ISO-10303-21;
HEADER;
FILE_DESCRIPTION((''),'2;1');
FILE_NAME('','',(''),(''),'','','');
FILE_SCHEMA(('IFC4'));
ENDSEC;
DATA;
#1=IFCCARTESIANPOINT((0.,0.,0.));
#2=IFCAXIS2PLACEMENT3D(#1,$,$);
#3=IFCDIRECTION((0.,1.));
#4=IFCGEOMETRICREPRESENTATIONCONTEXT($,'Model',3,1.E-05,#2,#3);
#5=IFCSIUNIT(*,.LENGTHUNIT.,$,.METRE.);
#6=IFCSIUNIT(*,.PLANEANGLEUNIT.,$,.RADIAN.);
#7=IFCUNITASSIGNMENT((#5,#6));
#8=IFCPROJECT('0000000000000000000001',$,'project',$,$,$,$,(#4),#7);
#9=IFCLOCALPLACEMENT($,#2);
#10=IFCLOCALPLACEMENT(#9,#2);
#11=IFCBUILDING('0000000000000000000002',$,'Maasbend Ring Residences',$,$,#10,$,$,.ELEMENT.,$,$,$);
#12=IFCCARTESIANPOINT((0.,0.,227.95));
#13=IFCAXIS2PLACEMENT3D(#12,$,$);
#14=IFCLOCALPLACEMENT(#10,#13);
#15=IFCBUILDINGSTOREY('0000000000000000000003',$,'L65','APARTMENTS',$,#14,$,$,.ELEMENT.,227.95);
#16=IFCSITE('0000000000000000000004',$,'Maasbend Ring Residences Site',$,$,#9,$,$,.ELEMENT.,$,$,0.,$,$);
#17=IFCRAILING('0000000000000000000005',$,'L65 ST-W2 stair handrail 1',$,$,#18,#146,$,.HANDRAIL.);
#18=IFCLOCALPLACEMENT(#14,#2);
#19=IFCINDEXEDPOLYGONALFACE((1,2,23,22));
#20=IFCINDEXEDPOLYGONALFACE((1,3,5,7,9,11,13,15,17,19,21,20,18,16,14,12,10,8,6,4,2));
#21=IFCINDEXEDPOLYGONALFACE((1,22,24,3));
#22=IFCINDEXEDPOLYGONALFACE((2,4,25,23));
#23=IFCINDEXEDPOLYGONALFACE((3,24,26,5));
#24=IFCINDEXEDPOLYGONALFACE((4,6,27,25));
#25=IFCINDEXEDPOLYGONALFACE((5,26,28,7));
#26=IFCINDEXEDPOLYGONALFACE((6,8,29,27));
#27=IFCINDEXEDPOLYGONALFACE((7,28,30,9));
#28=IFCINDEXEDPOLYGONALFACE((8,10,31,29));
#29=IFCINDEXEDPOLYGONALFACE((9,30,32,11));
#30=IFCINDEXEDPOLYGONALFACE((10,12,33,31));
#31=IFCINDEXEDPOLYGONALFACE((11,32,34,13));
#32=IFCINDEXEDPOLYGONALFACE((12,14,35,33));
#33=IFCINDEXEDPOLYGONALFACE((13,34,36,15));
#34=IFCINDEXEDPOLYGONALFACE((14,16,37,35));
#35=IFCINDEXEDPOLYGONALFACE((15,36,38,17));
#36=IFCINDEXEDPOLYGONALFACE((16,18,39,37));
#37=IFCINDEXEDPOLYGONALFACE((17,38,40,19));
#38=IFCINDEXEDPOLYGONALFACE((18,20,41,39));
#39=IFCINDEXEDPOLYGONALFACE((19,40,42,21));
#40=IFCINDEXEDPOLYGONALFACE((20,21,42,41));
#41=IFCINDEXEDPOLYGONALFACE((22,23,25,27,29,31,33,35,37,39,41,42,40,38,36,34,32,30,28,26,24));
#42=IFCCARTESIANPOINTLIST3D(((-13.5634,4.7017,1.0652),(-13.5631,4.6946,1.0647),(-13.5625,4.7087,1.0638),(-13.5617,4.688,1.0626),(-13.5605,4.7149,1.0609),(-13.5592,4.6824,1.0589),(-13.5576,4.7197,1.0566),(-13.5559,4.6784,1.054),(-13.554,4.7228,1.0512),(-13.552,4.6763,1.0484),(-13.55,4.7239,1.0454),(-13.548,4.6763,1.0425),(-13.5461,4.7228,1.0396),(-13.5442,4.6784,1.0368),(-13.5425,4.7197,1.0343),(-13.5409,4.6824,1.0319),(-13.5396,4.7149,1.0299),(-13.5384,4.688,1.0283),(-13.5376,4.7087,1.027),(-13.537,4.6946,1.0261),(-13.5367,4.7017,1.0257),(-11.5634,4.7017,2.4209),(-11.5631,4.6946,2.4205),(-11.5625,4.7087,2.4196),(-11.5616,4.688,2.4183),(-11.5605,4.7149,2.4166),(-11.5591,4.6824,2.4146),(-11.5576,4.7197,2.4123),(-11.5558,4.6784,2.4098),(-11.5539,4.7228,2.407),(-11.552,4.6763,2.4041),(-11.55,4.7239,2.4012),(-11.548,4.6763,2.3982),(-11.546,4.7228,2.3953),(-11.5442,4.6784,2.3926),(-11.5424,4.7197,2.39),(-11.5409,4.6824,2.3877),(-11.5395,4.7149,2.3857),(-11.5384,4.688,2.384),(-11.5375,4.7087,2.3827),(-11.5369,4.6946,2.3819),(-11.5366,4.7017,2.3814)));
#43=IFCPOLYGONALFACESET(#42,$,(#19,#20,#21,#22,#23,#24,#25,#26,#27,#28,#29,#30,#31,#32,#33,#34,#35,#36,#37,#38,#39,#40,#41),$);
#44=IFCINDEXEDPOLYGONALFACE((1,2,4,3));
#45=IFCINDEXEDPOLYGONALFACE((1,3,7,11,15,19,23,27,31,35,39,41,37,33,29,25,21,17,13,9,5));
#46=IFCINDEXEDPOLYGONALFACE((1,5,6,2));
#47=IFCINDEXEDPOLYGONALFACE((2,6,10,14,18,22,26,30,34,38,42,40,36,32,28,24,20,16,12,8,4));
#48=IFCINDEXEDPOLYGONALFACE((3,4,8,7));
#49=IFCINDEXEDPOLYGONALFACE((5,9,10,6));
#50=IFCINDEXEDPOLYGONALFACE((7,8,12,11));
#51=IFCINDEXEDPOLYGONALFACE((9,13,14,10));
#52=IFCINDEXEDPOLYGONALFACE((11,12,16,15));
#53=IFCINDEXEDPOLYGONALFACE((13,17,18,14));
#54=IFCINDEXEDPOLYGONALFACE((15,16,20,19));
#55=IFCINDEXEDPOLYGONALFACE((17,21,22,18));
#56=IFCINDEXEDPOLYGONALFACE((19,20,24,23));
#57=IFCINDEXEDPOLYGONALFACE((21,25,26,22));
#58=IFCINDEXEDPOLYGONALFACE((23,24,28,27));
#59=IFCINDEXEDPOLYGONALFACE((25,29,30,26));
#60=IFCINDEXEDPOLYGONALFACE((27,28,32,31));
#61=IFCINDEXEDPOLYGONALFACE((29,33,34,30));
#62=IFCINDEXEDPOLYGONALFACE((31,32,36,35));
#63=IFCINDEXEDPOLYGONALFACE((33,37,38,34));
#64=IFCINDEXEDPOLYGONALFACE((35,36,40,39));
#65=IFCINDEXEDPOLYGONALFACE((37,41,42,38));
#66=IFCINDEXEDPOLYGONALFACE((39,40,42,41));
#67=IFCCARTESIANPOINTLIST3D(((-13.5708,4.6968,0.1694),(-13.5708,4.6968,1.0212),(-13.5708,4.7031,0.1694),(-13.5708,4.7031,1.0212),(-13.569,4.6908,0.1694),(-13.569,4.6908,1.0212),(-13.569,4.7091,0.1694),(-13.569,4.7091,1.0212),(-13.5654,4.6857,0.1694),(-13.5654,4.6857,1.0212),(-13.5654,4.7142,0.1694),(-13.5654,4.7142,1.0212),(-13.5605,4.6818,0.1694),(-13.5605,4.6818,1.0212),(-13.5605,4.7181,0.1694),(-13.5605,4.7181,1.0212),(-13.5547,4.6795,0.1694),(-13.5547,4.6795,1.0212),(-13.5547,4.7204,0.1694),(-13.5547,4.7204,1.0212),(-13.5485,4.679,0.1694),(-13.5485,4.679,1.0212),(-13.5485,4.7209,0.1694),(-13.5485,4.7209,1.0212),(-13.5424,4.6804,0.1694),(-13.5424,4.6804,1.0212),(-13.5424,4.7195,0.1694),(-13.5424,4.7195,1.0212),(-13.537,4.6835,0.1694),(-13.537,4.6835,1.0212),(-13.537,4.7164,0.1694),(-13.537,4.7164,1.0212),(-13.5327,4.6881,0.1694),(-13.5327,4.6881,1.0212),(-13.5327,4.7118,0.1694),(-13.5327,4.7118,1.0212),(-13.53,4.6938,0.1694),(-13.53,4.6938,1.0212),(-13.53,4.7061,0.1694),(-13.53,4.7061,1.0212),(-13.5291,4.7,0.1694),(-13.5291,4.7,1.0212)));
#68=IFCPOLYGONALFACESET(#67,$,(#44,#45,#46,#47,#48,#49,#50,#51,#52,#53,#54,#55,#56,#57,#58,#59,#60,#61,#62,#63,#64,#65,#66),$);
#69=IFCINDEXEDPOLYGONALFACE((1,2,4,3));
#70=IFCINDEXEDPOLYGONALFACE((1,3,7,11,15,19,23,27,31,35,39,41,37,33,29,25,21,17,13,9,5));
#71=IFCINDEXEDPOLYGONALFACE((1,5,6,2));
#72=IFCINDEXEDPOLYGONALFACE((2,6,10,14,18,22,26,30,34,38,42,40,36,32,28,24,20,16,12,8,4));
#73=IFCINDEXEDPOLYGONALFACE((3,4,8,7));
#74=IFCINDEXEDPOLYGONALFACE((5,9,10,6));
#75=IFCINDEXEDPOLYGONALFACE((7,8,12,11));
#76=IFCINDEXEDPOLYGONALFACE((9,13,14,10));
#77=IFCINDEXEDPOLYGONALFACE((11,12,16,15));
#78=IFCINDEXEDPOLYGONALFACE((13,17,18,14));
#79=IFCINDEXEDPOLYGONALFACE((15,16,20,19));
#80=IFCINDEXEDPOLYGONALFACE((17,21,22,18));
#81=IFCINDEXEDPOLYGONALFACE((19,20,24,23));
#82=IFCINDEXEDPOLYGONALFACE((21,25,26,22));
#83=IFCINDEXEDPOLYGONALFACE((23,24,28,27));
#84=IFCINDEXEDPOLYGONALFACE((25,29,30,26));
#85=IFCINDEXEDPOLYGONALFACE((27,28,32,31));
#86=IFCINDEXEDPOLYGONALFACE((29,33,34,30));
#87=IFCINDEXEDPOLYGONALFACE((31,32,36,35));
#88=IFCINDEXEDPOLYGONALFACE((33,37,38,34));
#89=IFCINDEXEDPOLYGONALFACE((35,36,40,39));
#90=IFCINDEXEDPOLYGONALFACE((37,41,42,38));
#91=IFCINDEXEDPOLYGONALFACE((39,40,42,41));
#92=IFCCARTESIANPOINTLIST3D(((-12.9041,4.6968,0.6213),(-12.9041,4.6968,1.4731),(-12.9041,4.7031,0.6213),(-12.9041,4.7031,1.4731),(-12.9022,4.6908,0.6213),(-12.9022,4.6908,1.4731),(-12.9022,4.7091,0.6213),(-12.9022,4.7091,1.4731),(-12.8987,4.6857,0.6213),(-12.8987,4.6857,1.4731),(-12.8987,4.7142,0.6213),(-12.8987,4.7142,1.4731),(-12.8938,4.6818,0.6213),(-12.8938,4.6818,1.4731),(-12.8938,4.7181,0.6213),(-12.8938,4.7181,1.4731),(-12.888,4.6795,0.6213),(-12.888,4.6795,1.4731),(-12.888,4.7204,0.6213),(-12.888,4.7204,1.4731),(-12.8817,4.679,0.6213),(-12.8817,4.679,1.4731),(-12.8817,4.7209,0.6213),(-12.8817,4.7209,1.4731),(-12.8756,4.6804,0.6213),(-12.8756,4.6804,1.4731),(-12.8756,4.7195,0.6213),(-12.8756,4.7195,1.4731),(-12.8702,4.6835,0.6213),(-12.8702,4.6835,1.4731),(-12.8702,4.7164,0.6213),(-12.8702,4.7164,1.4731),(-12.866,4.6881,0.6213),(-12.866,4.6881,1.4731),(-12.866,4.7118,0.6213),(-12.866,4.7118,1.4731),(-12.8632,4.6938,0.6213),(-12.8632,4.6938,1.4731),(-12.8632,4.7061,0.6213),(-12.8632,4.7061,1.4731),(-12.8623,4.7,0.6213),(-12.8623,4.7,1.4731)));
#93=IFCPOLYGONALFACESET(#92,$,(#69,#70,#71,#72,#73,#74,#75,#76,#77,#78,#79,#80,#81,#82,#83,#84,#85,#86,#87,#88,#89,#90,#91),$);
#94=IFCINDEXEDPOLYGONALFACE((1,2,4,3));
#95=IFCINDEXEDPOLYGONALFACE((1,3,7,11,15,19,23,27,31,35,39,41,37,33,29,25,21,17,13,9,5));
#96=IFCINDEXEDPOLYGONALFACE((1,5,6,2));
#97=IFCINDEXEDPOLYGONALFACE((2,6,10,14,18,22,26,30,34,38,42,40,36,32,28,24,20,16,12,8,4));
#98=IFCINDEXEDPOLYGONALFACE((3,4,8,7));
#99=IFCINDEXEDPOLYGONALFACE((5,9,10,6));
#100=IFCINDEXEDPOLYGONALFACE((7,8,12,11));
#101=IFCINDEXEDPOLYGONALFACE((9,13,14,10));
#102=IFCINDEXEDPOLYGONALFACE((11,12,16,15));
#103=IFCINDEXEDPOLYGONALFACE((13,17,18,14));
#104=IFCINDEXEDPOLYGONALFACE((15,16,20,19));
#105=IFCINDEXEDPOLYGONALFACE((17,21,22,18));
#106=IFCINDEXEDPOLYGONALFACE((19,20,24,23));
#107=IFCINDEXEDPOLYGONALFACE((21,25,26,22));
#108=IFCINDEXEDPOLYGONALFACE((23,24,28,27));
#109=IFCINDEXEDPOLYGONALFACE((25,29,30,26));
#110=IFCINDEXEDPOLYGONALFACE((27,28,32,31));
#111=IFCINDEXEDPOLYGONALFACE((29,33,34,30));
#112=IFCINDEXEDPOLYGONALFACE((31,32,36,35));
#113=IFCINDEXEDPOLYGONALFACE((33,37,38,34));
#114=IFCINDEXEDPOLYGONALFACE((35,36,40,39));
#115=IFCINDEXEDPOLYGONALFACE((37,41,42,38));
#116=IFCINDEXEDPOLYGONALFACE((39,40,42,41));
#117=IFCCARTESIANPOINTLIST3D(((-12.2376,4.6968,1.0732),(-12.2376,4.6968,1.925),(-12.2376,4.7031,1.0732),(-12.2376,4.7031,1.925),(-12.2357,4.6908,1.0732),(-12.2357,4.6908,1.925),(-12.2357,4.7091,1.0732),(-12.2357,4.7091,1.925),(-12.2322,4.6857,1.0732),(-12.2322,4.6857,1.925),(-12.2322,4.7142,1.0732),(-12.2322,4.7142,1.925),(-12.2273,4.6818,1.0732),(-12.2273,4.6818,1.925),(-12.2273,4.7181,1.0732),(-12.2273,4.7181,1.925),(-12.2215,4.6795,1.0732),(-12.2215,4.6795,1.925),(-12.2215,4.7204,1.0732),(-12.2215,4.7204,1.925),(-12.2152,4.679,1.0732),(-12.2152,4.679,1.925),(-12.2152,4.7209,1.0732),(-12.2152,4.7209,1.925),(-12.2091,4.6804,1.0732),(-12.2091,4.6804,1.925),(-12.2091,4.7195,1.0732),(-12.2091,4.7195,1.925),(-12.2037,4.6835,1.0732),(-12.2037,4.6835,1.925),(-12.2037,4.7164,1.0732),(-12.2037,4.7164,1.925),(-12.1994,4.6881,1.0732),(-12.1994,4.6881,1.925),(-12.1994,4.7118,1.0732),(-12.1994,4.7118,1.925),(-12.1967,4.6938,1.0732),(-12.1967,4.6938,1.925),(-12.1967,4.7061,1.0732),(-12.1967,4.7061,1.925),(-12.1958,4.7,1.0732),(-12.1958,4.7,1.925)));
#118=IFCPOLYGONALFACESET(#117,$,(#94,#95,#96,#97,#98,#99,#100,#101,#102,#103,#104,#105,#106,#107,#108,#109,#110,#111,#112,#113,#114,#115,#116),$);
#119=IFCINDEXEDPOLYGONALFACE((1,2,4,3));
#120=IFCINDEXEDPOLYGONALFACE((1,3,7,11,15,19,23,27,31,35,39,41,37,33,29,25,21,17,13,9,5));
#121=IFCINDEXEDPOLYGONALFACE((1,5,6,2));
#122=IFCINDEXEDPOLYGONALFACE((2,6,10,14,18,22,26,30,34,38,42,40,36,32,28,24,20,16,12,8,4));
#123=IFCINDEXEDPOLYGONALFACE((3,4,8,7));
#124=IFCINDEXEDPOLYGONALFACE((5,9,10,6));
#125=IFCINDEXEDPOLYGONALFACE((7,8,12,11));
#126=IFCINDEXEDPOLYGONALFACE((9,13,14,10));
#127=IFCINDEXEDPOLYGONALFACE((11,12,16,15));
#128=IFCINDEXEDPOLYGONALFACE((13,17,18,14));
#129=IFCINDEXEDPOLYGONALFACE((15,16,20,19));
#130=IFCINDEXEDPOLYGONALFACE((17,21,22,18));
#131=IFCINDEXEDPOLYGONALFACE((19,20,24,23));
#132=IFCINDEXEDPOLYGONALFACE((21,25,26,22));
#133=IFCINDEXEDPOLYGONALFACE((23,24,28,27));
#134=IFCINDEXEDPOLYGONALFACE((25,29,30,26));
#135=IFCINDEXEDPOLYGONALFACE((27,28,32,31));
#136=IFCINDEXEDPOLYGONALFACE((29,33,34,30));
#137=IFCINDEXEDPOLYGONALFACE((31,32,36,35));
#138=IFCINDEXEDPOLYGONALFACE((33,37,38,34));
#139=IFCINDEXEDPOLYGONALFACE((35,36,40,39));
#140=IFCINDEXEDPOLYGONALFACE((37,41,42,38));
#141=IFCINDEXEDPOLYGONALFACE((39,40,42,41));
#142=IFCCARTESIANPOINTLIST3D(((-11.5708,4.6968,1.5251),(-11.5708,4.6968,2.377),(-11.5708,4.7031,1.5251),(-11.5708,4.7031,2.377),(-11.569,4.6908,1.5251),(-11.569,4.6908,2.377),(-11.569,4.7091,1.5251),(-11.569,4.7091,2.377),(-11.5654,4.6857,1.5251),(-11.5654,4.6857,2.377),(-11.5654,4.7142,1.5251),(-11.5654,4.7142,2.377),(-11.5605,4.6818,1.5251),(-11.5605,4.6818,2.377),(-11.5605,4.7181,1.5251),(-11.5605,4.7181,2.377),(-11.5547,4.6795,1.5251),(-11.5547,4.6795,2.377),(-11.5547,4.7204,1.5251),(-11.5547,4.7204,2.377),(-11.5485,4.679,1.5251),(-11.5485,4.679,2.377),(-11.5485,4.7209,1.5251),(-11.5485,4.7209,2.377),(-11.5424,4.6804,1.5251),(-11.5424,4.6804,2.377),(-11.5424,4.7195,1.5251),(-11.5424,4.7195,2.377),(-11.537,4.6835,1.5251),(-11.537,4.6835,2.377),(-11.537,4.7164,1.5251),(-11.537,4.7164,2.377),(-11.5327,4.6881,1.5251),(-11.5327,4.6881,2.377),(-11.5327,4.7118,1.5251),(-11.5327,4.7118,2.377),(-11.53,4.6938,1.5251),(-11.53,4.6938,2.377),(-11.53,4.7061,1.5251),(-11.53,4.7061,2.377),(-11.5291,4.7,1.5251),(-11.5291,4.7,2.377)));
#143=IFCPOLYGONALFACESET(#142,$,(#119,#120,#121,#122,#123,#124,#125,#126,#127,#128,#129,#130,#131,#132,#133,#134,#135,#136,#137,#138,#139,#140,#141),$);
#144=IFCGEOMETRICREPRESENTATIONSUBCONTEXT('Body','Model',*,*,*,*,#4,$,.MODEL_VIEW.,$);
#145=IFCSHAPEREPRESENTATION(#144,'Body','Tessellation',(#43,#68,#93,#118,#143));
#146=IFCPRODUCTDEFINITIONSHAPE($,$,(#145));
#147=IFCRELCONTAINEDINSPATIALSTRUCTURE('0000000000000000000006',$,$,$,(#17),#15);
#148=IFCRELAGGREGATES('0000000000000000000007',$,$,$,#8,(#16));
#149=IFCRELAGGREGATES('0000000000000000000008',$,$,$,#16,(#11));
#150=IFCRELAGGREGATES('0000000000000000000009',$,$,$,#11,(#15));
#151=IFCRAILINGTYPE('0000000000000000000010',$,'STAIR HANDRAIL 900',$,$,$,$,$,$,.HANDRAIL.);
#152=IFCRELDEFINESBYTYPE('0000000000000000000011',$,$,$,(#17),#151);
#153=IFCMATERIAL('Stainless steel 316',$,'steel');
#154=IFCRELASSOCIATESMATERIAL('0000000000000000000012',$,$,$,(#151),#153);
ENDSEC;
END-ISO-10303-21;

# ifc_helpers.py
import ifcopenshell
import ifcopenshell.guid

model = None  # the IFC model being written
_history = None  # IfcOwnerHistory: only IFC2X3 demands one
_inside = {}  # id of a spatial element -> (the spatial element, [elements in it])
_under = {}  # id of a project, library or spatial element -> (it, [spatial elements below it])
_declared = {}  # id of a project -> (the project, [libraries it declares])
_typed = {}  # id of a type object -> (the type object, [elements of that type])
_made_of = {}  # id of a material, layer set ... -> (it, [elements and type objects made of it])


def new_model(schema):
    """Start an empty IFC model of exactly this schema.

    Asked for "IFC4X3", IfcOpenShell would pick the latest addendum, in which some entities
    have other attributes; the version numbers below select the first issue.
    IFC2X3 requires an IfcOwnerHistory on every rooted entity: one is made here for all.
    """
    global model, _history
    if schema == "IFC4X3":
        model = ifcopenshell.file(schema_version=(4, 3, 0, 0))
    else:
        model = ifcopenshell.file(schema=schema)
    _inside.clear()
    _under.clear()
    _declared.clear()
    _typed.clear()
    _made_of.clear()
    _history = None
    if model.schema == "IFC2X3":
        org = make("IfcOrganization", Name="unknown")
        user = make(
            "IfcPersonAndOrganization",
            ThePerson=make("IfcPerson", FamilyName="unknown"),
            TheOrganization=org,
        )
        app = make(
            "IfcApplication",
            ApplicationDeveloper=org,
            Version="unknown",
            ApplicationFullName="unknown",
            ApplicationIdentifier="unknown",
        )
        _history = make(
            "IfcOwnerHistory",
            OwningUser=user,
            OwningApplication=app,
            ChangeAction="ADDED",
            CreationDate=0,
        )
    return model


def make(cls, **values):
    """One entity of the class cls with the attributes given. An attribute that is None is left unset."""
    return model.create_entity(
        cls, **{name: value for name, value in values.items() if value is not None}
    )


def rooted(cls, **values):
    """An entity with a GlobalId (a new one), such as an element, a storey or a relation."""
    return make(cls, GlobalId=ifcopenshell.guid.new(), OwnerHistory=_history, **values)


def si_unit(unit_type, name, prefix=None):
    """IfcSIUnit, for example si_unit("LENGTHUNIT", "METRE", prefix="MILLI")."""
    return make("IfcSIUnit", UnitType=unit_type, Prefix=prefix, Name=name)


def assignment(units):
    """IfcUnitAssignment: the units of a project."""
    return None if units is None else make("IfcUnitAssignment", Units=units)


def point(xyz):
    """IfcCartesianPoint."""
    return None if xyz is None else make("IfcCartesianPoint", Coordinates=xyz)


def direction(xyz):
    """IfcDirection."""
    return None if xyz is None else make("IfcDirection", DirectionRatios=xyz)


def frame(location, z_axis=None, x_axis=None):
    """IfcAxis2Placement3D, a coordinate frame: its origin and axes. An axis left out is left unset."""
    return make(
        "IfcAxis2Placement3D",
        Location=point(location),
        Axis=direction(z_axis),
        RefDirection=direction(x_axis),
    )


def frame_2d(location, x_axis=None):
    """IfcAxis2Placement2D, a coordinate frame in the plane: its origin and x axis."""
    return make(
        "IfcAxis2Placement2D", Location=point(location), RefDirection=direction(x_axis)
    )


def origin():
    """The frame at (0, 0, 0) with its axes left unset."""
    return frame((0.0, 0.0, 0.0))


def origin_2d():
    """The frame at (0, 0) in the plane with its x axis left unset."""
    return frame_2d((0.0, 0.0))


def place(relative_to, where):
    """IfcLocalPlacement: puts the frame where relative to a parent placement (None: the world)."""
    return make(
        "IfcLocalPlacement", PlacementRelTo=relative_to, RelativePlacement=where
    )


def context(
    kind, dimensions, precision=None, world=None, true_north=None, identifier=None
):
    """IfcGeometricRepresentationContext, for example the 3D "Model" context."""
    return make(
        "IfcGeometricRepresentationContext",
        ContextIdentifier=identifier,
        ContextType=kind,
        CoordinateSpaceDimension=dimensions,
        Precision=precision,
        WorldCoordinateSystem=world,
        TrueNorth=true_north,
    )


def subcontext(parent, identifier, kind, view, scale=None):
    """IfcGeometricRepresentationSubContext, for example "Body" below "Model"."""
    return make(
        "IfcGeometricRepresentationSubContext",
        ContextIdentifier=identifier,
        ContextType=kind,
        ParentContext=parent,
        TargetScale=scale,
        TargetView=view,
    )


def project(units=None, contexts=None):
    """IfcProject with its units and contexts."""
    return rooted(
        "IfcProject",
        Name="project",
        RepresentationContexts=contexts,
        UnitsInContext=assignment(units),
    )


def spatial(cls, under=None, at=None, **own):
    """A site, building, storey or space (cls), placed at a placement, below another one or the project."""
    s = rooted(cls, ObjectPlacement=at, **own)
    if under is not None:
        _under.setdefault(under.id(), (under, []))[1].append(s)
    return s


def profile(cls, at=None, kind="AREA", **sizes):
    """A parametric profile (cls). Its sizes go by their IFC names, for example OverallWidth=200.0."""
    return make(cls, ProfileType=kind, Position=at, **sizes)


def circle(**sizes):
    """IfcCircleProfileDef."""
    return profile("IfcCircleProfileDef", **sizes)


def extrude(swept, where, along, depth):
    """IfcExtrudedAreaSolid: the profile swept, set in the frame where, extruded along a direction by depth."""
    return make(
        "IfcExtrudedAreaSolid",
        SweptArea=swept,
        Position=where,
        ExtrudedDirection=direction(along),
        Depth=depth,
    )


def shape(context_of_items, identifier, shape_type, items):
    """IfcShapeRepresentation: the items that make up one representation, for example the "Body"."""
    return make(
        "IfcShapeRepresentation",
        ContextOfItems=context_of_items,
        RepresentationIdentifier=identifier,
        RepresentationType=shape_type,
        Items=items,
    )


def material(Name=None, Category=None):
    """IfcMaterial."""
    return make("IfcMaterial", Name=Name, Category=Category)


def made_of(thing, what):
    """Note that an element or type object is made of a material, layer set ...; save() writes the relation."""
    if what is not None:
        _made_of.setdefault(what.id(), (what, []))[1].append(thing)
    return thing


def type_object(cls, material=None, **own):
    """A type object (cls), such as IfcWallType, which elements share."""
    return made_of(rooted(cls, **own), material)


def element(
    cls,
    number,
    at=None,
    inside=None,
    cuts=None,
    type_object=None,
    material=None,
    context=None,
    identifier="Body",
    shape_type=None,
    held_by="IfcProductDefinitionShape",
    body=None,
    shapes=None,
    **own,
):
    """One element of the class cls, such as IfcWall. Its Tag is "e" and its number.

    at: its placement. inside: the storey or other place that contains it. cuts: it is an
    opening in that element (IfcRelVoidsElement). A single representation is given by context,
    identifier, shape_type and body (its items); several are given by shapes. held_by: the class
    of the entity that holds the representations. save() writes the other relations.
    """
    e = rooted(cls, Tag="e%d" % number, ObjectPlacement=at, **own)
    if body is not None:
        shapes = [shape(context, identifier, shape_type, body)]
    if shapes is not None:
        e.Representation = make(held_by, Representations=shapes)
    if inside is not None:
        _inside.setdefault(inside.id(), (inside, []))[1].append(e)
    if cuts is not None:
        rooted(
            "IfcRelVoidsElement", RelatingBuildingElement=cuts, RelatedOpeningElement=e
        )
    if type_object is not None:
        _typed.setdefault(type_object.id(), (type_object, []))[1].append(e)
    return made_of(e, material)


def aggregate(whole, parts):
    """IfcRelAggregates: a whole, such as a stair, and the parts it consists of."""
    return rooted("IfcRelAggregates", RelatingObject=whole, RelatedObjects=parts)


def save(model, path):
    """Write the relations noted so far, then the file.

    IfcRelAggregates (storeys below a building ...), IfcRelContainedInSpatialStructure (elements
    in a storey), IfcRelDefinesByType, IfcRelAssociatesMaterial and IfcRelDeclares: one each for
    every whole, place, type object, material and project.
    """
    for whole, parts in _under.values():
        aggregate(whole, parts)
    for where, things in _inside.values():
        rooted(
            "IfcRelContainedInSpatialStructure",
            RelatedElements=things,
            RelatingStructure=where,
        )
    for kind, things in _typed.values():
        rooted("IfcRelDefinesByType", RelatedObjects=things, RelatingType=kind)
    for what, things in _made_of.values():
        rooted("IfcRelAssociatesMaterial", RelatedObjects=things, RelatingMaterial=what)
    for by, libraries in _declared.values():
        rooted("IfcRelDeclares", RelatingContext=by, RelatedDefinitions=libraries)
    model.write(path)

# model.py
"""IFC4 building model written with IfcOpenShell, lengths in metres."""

from ifc_helpers import new_model, si_unit, direction, frame, origin, origin_2d, place, context, subcontext, project, spatial, circle, extrude, material, type_object, element, save


model = new_model("IFC4")

# Units and contexts
model_context = context("Model", 3, precision=1e-05, world=origin(), true_north=direction((0.0, 1.0)))
body_context = subcontext(model_context, "Body", "Model", "MODEL_VIEW")
ifc_project = project(units=[si_unit("LENGTHUNIT", "METRE"), si_unit("PLANEANGLEUNIT", "RADIAN")], contexts=[model_context])

# Site, building, storey
site_placement = place(None, origin())
site = spatial("IfcSite", under=ifc_project, at=site_placement, Name="Maasbend Ring Residences Site", CompositionType="ELEMENT", RefElevation=0.0)
building_placement = place(site_placement, origin())
building = spatial("IfcBuilding", under=site, at=building_placement, Name="Maasbend Ring Residences", CompositionType="ELEMENT")
storey_placement = place(building_placement, frame((0.0, 0.0, 227.95)))
storey = spatial("IfcBuildingStorey", under=building, at=storey_placement, Name="L65", Description="APARTMENTS", CompositionType="ELEMENT", Elevation=227.95)

# Railing
ifc_material_1 = material(Name="Stainless steel 316", Category="steel")
railing_type_1 = type_object("IfcRailingType", Name="STAIR HANDRAIL 900", PredefinedType="HANDRAIL", material=ifc_material_1)
railing_1_placement = place(storey_placement, frame((-13.55, 4.7, 0.1694)))
element("IfcRailing", 1, at=railing_1_placement, inside=storey, type_object=railing_type_1, Name="L65 ST-W2 stair handrail 1", PredefinedType="HANDRAIL", context=body_context, shape_type="SweptSolid", body=[
    extrude(circle(Radius=0.0239, at=origin_2d()), frame((0.0, 0.0, 0.876), z_axis=(0.827751, 0.0, 0.561096), x_axis=(0.0, 1.0, 0.0)), (0.0, 0.0, 1.0), 2.4163),
    extrude(circle(Radius=0.021, at=origin_2d()), origin(), (0.0, 0.0, 1.0), 0.8518),
    extrude(circle(Radius=0.021, at=origin_2d()), frame((0.6667, 0.0, 0.4519)), (0.0, 0.0, 1.0), 0.8518),
    extrude(circle(Radius=0.021, at=origin_2d()), frame((1.3333, 0.0, 0.9038)), (0.0, 0.0, 1.0), 0.8518),
    extrude(circle(Radius=0.021, at=origin_2d()), frame((2.0, 0.0, 1.3557)), (0.0, 0.0, 1.0), 0.8518),
])

save(model, "model.ifc")
